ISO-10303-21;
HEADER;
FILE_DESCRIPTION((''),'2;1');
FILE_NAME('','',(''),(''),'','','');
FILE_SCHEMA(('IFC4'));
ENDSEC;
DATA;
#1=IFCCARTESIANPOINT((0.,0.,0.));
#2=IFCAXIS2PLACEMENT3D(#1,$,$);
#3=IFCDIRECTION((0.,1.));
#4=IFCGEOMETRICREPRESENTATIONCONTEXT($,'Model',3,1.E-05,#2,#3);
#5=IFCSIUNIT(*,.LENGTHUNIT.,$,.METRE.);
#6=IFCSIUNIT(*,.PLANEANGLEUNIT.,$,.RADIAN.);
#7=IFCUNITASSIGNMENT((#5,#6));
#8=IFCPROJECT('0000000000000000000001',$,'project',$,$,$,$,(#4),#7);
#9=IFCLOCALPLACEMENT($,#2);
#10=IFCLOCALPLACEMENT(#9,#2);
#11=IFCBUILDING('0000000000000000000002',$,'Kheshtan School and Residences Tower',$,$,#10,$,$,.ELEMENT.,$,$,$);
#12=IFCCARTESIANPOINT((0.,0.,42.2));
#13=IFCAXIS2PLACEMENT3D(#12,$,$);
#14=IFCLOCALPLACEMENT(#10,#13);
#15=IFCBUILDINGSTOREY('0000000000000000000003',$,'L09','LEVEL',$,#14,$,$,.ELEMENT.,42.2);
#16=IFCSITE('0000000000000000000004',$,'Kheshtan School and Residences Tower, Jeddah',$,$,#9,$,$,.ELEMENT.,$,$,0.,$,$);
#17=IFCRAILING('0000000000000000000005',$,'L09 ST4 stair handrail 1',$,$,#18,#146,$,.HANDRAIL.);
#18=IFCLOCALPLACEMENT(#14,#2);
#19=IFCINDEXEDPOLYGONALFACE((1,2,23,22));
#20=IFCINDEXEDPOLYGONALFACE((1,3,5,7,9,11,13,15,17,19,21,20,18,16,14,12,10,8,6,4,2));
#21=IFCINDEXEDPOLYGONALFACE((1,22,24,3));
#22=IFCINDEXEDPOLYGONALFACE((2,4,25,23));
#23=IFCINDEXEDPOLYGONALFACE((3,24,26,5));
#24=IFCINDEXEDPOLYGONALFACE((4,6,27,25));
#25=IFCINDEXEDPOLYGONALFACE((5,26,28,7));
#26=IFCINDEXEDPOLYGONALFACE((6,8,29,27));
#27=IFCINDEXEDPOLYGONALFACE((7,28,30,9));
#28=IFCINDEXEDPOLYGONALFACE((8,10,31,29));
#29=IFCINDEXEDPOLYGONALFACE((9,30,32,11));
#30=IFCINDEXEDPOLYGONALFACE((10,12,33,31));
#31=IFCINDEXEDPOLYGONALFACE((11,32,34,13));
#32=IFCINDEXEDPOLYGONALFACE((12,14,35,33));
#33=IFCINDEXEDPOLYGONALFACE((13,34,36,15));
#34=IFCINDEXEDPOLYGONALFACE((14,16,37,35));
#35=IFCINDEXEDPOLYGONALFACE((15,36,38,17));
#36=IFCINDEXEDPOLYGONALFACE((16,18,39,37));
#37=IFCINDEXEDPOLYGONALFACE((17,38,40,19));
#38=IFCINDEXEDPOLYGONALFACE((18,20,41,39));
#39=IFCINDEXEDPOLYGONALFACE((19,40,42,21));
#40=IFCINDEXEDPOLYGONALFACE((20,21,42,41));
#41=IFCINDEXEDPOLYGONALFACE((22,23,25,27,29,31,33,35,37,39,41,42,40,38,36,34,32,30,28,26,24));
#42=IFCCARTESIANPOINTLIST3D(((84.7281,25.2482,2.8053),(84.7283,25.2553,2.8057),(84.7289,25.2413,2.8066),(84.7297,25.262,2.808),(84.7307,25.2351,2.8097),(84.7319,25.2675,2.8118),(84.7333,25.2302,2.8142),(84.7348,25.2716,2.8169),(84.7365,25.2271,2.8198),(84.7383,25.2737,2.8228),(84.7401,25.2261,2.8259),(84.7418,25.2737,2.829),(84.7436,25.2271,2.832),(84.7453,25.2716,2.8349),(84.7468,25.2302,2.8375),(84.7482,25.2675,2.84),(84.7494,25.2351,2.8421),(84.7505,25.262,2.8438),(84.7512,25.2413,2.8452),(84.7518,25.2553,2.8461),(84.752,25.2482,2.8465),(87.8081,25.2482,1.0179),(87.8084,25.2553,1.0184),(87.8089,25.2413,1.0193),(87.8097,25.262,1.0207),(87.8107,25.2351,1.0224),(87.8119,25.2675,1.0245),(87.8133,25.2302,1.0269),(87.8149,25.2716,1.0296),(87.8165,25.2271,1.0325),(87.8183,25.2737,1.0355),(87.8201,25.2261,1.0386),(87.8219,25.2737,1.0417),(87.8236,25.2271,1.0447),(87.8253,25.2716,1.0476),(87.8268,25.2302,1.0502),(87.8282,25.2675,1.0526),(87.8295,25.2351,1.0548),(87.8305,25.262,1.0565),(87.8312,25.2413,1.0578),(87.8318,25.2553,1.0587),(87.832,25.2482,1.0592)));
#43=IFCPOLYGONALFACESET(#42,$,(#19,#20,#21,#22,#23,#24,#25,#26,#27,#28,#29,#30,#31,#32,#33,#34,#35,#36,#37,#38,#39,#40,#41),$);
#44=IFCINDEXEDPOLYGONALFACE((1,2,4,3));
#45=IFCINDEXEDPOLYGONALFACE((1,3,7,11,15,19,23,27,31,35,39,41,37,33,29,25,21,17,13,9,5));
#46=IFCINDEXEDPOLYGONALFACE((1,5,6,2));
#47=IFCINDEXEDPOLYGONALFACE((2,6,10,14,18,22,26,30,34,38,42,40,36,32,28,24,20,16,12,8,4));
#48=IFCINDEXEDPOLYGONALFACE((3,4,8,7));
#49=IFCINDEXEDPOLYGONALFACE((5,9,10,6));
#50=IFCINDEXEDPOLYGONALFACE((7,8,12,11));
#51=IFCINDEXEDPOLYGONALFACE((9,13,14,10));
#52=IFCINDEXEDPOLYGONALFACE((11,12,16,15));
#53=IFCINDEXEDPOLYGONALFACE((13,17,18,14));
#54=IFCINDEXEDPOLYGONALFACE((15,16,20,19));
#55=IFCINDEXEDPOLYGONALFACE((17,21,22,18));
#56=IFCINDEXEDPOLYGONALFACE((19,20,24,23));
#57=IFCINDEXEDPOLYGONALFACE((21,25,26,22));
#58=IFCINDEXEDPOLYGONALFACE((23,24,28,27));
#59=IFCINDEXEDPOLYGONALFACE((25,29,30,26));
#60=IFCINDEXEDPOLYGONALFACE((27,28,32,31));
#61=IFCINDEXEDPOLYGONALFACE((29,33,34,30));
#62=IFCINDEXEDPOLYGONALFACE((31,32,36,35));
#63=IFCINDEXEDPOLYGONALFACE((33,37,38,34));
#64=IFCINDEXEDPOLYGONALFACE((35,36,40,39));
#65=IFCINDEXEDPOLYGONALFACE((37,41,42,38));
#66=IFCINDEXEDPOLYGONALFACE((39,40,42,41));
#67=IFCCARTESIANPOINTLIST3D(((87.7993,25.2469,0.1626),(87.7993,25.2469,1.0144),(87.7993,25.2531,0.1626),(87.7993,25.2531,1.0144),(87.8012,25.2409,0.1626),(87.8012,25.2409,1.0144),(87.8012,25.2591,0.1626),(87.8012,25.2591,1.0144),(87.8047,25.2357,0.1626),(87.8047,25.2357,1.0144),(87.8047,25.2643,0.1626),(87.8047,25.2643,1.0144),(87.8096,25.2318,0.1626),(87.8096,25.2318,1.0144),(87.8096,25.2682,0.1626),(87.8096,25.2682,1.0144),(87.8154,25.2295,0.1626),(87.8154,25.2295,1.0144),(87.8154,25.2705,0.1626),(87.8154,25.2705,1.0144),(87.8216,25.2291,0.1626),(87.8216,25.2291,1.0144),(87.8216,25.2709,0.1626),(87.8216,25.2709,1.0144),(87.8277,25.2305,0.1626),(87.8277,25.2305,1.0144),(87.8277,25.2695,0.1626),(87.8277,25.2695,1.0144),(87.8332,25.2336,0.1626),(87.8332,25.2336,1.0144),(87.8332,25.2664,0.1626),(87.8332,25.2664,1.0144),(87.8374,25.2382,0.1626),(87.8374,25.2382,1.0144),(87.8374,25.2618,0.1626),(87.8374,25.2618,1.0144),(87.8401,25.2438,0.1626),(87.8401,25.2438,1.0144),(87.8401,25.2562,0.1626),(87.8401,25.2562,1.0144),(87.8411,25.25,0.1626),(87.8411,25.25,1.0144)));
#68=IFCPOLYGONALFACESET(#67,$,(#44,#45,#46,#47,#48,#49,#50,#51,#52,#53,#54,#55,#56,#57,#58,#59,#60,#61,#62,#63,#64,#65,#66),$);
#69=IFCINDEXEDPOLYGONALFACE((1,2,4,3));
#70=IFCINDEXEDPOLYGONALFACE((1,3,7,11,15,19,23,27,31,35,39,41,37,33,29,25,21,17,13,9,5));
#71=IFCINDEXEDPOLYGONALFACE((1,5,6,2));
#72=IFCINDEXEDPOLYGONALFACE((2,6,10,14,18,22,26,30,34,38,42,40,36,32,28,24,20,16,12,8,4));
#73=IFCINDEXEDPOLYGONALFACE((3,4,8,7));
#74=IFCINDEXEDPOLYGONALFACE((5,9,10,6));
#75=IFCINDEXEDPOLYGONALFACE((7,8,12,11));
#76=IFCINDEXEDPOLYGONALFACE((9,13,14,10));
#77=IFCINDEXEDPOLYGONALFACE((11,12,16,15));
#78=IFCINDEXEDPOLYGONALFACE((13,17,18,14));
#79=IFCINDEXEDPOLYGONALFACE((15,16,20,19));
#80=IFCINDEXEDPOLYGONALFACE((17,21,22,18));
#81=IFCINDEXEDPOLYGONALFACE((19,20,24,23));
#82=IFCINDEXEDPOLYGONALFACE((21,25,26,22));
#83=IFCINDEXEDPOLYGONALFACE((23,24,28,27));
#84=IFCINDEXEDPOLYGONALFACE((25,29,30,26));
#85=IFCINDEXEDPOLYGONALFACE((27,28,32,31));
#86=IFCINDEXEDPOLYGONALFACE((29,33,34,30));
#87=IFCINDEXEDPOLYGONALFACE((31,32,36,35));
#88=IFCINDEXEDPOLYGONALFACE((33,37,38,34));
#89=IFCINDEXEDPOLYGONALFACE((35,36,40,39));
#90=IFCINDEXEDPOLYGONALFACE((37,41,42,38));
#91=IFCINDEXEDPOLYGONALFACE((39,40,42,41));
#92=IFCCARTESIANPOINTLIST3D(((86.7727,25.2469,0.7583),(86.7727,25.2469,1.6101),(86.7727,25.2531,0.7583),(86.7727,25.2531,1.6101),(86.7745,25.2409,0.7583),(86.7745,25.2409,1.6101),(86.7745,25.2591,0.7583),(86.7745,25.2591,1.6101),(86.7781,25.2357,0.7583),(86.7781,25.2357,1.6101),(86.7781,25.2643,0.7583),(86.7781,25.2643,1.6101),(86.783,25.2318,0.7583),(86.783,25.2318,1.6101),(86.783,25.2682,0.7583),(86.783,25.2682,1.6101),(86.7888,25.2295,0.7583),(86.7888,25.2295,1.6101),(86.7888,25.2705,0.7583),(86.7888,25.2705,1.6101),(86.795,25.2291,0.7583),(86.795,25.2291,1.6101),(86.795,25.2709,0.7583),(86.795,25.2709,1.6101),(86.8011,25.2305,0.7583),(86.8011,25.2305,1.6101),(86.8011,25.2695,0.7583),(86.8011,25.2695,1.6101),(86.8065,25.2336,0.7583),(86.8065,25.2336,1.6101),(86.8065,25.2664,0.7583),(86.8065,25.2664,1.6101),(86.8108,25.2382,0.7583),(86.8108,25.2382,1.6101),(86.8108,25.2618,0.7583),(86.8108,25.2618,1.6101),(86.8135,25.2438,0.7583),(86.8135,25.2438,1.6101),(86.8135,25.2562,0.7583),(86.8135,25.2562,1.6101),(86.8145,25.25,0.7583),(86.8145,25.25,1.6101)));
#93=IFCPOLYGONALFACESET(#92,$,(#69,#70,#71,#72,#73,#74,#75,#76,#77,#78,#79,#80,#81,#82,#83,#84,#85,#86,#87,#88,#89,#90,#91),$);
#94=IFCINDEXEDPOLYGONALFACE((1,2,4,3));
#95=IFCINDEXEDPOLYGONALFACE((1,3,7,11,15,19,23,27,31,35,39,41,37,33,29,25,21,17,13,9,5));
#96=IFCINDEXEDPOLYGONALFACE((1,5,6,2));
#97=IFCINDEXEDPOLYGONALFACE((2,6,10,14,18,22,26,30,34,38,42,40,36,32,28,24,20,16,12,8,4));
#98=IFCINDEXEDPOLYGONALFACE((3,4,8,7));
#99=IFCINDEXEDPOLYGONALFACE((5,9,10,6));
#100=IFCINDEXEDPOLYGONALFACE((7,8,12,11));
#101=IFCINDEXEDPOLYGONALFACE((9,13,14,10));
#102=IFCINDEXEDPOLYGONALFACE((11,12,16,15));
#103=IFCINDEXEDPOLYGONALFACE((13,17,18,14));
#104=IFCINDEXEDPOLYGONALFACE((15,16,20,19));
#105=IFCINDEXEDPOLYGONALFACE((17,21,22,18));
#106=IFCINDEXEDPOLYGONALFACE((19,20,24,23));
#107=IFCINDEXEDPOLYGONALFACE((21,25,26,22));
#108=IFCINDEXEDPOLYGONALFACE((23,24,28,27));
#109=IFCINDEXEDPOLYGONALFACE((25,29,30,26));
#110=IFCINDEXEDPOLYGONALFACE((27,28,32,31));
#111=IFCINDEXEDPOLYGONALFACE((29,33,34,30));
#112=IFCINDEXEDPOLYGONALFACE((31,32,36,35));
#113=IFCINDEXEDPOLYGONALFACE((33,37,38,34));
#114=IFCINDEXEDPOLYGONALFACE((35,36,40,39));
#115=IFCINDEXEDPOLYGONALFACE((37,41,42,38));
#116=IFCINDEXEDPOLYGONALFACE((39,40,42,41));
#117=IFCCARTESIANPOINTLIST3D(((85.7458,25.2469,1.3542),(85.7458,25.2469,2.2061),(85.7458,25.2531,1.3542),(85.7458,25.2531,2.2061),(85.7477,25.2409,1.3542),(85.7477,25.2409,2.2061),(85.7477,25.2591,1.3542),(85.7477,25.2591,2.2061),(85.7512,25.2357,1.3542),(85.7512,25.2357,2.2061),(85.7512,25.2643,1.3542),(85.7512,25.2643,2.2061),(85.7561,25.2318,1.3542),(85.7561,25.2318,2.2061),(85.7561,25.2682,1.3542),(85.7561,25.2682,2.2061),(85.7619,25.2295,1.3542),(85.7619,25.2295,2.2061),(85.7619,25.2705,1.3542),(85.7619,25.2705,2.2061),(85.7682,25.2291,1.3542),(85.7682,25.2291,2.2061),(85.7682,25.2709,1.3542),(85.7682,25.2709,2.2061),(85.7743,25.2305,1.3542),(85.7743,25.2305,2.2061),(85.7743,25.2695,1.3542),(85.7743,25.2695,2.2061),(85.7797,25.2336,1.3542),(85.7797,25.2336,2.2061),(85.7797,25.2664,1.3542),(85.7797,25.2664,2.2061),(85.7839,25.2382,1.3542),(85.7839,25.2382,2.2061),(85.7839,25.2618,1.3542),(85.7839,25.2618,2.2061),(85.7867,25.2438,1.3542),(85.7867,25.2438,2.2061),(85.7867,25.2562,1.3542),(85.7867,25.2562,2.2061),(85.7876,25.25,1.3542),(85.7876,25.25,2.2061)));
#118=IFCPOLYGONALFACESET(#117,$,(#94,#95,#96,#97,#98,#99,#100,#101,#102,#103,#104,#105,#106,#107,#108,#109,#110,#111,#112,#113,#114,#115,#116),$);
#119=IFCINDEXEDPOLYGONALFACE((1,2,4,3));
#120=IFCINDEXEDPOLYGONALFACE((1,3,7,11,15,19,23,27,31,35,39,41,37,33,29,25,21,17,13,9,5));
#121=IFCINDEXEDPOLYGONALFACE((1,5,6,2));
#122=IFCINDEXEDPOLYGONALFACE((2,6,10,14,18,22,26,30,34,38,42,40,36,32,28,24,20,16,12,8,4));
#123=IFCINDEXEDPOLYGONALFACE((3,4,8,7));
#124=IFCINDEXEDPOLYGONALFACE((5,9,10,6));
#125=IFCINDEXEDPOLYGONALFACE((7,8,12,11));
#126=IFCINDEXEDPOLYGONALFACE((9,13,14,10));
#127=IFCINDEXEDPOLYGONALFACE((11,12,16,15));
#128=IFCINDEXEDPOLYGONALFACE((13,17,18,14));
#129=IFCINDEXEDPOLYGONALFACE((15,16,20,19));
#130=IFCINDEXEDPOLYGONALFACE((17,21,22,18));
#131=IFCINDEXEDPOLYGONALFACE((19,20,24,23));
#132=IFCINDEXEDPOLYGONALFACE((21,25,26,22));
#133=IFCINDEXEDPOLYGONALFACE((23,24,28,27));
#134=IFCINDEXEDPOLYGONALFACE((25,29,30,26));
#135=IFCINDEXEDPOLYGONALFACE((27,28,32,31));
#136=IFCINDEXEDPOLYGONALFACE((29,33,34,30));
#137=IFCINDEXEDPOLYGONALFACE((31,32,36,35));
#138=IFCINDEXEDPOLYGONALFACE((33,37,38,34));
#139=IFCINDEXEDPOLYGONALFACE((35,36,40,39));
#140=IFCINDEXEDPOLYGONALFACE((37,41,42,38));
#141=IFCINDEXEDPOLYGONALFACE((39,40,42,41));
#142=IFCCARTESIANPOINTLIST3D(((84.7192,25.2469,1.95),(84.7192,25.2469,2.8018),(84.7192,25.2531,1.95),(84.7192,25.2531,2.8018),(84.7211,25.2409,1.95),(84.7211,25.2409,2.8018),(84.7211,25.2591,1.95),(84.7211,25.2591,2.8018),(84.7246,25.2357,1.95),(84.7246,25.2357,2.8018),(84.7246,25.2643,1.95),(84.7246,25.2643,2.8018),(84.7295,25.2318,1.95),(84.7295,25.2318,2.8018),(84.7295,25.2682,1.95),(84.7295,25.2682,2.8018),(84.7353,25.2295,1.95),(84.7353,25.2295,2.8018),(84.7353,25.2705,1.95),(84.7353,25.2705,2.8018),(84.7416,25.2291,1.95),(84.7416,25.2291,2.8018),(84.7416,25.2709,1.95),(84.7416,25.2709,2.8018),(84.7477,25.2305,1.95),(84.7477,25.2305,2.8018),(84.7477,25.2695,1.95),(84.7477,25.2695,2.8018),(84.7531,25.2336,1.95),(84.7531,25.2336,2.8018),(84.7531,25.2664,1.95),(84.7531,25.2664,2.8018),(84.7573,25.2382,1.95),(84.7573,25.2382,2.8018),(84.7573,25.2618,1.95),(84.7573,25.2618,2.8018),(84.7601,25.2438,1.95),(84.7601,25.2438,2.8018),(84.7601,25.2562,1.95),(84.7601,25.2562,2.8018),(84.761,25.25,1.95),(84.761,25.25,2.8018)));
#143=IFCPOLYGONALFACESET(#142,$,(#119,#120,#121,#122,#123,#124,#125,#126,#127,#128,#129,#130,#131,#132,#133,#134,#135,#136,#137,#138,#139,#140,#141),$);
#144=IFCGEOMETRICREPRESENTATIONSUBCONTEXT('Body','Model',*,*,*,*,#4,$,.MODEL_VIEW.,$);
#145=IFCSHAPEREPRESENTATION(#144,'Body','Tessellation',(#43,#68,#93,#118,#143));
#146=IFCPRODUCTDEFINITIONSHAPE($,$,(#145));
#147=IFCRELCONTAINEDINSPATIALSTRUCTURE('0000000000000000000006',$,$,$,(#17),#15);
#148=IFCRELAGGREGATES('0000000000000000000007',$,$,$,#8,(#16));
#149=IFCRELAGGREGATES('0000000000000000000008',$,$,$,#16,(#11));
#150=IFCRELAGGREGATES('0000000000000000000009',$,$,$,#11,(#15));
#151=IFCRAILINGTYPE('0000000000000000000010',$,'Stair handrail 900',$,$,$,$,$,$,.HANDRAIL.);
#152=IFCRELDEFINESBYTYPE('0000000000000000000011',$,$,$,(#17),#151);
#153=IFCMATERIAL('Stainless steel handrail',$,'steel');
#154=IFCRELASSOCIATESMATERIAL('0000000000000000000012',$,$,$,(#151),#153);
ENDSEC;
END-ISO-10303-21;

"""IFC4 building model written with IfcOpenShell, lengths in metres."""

from ifc_helpers import new_model, si_unit, direction, frame, origin, origin_2d, place, context, subcontext, project, spatial, circle, extrude, material, type_object, element, save


model = new_model("IFC4")

# Units and contexts
model_context = context("Model", 3, precision=1e-05, world=origin(), true_north=direction((0.0, 1.0)))
body_context = subcontext(model_context, "Body", "Model", "MODEL_VIEW")
ifc_project = project(units=[si_unit("LENGTHUNIT", "METRE"), si_unit("PLANEANGLEUNIT", "RADIAN")], contexts=[model_context])

# Site, building, storey
site_placement = place(None, origin())
site = spatial("IfcSite", under=ifc_project, at=site_placement, Name="Kheshtan School and Residences Tower, Jeddah", CompositionType="ELEMENT", RefElevation=0.0)
building_placement = place(site_placement, origin())
building = spatial("IfcBuilding", under=site, at=building_placement, Name="Kheshtan School and Residences Tower", CompositionType="ELEMENT")
storey_placement = place(building_placement, frame((0.0, 0.0, 42.2)))
storey = spatial("IfcBuildingStorey", under=building, at=storey_placement, Name="L09", Description="LEVEL", CompositionType="ELEMENT", Elevation=42.2)

# Railing
ifc_material_1 = material(Name="Stainless steel handrail", Category="steel")
railing_type_1 = type_object("IfcRailingType", Name="Stair handrail 900", PredefinedType="HANDRAIL", material=ifc_material_1)
railing_1_placement = place(storey_placement, frame((87.8201, 25.25, 0.1626)))
element("IfcRailing", 1, at=railing_1_placement, inside=storey, type_object=railing_type_1, Name="L09 ST4 stair handrail 1", PredefinedType="HANDRAIL", context=body_context, shape_type="SweptSolid", body=[
    extrude(circle(Radius=0.0239, at=origin_2d()), frame((0.0, 0.0, 0.876), z_axis=(-0.86492, 0.0, 0.501909), x_axis=(0.0, -1.0, 0.0)), (0.0, 0.0, 1.0), 3.561),
    extrude(circle(Radius=0.021, at=origin_2d()), origin(), (0.0, 0.0, 1.0), 0.8518),
    extrude(circle(Radius=0.021, at=origin_2d()), frame((-1.0266, 0.0, 0.5957)), (0.0, 0.0, 1.0), 0.8518),
    extrude(circle(Radius=0.021, at=origin_2d()), frame((-2.0535, 0.0, 1.1917)), (0.0, 0.0, 1.0), 0.8518),
    extrude(circle(Radius=0.021, at=origin_2d()), frame((-3.0801, 0.0, 1.7874)), (0.0, 0.0, 1.0), 0.8518),
])

save(model, "model.ifc")
